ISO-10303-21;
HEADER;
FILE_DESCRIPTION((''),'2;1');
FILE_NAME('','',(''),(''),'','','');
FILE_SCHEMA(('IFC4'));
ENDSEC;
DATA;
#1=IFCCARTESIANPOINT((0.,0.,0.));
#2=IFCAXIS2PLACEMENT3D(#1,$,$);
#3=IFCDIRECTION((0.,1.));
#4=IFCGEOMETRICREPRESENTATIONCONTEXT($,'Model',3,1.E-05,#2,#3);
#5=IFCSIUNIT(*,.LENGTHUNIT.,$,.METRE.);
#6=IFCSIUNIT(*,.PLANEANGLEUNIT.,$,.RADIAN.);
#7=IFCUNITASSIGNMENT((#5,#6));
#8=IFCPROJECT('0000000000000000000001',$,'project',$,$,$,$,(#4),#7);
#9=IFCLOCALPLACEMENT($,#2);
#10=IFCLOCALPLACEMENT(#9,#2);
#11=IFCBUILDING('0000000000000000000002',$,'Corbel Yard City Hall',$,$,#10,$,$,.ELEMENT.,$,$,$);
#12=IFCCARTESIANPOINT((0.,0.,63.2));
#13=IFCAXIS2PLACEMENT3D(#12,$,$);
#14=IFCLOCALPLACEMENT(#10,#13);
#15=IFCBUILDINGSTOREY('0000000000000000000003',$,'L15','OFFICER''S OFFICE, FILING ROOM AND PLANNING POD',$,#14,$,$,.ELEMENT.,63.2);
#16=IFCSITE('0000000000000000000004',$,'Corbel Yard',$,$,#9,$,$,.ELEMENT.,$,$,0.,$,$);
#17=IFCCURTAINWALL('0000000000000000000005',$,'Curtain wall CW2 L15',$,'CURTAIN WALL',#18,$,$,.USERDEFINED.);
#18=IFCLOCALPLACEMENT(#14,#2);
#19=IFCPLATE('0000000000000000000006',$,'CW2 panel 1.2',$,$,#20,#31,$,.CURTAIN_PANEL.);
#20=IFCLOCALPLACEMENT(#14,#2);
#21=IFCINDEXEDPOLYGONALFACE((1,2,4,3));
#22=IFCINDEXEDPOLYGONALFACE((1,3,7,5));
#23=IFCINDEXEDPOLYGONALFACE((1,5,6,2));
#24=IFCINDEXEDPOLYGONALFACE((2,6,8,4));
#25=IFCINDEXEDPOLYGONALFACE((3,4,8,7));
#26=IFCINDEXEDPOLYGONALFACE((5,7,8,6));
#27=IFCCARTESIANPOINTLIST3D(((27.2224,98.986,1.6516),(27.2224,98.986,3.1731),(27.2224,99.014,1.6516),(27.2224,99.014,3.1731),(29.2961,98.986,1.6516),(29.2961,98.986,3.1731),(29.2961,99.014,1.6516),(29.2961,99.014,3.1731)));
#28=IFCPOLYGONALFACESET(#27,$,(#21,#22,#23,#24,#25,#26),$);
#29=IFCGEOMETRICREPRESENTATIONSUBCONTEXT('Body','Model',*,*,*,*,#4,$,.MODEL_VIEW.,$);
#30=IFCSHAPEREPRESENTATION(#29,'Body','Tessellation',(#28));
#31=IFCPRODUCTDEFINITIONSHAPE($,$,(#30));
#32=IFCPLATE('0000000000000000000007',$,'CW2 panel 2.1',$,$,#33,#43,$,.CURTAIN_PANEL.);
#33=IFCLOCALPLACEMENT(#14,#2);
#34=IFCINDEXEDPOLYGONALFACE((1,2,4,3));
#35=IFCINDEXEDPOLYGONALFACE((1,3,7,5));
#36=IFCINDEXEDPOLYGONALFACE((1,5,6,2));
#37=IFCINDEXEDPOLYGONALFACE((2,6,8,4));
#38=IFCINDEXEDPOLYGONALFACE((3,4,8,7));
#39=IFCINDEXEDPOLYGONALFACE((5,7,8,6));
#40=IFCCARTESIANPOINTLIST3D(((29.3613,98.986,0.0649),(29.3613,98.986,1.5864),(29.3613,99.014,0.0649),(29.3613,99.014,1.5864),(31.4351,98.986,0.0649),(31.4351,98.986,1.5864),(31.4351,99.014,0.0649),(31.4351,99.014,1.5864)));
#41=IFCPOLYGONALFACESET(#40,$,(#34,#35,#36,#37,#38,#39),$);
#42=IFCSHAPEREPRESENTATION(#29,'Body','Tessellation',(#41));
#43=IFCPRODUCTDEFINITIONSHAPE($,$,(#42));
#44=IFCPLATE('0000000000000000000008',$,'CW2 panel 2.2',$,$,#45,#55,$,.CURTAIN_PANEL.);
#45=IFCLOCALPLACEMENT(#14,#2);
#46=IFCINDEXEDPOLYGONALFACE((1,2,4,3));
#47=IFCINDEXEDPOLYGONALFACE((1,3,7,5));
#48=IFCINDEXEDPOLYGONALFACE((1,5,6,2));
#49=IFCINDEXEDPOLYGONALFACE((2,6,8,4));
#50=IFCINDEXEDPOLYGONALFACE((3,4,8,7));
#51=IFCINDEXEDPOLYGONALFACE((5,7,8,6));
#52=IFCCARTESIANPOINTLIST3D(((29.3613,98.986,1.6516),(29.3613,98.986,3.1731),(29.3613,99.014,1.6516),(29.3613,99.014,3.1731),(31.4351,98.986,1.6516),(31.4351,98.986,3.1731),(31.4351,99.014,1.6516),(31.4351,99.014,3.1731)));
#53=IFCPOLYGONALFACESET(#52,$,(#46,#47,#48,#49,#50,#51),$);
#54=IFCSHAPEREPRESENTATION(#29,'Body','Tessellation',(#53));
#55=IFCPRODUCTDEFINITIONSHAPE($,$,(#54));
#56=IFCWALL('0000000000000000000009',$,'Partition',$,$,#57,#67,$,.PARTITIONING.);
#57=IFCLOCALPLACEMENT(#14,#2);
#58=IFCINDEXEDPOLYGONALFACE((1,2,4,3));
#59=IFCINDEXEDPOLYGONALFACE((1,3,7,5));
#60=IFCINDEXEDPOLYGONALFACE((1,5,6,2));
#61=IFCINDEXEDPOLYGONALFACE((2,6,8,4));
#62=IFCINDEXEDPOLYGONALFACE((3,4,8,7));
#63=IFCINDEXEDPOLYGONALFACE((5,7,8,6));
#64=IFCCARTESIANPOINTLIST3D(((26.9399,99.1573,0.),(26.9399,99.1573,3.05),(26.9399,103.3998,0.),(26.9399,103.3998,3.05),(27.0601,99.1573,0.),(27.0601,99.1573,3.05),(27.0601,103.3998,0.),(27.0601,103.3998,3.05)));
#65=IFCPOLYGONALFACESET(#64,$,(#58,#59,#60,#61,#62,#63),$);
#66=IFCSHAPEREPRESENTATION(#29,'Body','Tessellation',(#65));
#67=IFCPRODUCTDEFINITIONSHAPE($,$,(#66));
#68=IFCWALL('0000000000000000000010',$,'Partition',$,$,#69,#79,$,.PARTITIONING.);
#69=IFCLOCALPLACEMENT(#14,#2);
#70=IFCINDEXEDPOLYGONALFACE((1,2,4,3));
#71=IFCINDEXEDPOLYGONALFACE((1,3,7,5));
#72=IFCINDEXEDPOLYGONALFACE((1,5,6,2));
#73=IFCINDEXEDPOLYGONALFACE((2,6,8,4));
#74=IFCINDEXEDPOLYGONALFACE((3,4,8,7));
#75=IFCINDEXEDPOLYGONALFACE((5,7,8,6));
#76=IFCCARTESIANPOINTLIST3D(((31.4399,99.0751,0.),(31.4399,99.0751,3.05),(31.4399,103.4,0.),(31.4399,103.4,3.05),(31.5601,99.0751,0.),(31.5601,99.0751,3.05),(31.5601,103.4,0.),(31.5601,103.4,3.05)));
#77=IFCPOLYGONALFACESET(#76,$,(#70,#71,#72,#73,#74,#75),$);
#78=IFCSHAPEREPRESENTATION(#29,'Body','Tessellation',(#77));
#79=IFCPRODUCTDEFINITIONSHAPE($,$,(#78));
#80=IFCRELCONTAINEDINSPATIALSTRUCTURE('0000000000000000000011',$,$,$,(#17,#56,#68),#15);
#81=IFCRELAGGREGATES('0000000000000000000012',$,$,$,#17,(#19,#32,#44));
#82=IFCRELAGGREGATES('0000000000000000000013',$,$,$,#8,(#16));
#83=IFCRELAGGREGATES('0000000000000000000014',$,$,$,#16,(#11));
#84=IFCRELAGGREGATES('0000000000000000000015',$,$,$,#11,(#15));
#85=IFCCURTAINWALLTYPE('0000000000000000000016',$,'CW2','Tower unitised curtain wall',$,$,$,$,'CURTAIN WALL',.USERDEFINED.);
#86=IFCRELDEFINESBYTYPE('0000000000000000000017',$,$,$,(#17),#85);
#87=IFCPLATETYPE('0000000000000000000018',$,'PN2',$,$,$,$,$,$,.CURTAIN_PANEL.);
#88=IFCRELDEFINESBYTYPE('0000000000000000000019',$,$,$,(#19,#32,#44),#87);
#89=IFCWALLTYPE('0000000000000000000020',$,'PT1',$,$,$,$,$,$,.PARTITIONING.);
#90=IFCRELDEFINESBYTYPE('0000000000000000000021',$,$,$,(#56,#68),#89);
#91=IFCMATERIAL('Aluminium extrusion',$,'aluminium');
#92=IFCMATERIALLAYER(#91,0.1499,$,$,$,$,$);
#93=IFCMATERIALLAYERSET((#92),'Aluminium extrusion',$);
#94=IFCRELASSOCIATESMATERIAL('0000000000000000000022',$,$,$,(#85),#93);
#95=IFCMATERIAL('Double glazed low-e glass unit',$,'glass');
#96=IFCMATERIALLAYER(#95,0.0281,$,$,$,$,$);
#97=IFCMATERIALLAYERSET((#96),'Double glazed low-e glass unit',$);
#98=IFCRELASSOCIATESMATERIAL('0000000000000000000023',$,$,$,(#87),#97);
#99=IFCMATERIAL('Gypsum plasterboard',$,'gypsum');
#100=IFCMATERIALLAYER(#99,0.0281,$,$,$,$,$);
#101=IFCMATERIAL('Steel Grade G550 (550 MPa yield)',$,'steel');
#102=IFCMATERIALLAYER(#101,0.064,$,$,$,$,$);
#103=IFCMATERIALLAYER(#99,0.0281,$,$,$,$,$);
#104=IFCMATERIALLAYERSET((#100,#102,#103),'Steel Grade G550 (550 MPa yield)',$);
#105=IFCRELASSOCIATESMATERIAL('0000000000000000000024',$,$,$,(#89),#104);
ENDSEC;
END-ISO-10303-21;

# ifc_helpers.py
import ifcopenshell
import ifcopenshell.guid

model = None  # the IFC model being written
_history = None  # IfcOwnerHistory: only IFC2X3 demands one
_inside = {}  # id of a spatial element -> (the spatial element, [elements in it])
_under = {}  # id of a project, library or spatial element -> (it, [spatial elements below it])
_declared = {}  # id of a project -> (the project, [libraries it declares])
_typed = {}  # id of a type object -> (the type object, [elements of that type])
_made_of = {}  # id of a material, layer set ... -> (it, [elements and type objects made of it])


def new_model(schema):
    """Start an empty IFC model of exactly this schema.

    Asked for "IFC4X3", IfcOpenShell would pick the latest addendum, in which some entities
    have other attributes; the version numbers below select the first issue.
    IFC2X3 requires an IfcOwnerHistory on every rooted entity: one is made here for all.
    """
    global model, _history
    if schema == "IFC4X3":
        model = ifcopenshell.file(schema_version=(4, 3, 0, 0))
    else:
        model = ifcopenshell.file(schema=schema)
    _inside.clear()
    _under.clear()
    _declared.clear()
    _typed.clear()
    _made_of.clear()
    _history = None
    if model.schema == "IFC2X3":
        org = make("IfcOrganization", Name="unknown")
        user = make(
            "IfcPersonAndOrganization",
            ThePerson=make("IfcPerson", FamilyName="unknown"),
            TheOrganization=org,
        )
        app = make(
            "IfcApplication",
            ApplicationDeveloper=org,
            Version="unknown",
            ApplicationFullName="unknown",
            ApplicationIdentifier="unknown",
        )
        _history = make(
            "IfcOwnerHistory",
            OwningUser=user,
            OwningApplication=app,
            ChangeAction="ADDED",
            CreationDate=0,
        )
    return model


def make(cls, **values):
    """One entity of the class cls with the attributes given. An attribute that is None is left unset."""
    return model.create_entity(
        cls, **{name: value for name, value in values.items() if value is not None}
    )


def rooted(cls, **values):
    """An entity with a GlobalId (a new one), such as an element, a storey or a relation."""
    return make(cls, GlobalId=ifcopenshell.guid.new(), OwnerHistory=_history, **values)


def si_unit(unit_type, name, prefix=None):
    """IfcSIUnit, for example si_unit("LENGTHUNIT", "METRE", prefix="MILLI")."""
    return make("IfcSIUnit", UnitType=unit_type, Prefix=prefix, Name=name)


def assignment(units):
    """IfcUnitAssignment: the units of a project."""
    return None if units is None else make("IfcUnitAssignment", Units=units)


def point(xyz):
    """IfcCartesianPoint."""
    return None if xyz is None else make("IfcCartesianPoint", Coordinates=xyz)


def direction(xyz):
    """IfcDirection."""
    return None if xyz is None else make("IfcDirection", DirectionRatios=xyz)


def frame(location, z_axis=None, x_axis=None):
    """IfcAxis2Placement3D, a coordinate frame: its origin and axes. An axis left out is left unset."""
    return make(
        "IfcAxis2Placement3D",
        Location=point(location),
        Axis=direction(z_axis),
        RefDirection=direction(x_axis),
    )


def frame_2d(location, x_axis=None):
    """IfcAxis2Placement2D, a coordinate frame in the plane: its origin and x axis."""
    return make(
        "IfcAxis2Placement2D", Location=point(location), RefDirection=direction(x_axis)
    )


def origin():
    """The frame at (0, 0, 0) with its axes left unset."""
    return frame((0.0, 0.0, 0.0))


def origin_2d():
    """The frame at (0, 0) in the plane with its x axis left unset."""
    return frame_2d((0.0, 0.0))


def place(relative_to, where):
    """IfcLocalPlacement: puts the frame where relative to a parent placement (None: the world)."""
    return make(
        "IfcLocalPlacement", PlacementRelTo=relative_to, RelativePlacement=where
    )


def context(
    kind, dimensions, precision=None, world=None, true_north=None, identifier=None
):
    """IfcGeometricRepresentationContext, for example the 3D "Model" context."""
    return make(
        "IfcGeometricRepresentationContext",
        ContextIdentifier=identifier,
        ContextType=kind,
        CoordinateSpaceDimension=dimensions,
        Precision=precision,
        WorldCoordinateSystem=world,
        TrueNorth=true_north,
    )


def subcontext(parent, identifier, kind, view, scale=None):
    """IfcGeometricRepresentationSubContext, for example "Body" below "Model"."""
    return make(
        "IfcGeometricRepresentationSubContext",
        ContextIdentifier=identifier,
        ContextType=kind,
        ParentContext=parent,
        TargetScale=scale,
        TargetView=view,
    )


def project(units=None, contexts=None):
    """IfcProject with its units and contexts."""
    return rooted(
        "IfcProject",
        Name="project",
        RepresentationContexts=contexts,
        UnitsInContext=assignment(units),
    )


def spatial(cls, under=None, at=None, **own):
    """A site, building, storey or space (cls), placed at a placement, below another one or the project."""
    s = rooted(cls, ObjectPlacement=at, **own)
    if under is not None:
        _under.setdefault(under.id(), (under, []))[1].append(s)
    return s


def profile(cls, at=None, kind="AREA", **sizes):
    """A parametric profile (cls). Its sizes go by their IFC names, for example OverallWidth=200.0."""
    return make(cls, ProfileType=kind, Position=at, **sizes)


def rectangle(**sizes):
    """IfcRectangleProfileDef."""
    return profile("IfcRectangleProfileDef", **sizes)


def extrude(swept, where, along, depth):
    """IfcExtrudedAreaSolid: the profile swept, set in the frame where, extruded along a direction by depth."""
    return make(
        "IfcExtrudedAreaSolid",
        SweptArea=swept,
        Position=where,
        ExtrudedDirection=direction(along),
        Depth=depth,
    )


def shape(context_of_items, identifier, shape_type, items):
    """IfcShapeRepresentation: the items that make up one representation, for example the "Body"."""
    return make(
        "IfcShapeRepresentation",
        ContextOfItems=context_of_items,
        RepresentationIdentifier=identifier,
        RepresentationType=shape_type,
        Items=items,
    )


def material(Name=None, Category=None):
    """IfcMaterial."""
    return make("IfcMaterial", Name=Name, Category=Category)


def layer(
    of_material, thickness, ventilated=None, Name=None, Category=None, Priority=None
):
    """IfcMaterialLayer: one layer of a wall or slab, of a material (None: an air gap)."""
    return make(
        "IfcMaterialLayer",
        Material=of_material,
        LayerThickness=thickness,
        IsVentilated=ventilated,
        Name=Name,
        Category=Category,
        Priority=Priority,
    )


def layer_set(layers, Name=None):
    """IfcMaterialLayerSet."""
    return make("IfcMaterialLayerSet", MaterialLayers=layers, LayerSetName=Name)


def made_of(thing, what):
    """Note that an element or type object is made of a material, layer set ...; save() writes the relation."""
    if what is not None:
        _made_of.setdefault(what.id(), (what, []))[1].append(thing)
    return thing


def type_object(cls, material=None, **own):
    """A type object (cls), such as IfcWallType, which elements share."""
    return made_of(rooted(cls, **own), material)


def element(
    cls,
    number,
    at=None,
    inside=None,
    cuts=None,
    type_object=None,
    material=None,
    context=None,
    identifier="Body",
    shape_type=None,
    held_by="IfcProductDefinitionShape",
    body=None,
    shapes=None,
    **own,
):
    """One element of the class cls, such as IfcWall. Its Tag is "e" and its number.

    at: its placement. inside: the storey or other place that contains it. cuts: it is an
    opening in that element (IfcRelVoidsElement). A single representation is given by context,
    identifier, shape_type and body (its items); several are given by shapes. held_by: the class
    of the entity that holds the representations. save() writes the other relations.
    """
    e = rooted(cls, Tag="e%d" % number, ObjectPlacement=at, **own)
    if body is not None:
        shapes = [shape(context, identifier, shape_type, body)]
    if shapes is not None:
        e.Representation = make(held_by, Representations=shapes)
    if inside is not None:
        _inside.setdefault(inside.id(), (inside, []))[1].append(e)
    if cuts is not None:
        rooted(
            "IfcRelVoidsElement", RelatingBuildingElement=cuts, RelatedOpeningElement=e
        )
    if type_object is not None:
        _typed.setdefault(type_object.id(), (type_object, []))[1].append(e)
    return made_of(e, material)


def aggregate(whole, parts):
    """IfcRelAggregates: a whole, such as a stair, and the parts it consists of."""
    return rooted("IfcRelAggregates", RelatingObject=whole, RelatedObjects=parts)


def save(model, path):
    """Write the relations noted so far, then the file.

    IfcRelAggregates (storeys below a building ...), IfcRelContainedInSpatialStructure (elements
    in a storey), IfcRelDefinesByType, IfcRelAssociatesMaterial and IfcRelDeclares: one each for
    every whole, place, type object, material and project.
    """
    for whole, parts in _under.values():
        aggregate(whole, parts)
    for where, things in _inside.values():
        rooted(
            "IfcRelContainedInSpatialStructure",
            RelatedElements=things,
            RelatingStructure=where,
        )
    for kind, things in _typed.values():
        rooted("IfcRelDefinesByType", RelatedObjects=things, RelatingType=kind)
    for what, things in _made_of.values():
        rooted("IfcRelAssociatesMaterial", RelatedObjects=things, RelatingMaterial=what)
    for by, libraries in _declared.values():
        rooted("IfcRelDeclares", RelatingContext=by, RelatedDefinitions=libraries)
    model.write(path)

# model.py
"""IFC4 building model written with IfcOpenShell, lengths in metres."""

from ifc_helpers import new_model, si_unit, direction, frame, frame_2d, origin, origin_2d, place, context, subcontext, project, spatial, rectangle, extrude, material, layer, layer_set, type_object, element, aggregate, save


model = new_model("IFC4")

# Units and contexts
model_context = context("Model", 3, precision=1e-05, world=origin(), true_north=direction((0.0, 1.0)))
body_context = subcontext(model_context, "Body", "Model", "MODEL_VIEW")
ifc_project = project(units=[si_unit("LENGTHUNIT", "METRE"), si_unit("PLANEANGLEUNIT", "RADIAN")], contexts=[model_context])

# Site, building, storey
site_placement = place(None, origin())
site = spatial("IfcSite", under=ifc_project, at=site_placement, Name="Corbel Yard", CompositionType="ELEMENT", RefElevation=0.0)
building_placement = place(site_placement, origin())
building = spatial("IfcBuilding", under=site, at=building_placement, Name="Corbel Yard City Hall", CompositionType="ELEMENT")
storey_placement = place(building_placement, frame((0.0, 0.0, 63.2)))
storey = spatial("IfcBuildingStorey", under=building, at=storey_placement, Name="L15", Description="OFFICER'S OFFICE, FILING ROOM AND PLANNING POD", CompositionType="ELEMENT", Elevation=63.2)

# Curtain wall, plates
ifc_material_1 = material(Name="Aluminium extrusion", Category="aluminium")
ifc_layer_1 = layer(ifc_material_1, 0.1499)
ifc_layer_set_1 = layer_set([ifc_layer_1], Name="Aluminium extrusion")
curtain_wall_type = type_object("IfcCurtainWallType", Name="CW2", Description="Tower unitised curtain wall", ElementType="CURTAIN WALL", PredefinedType="USERDEFINED", material=ifc_layer_set_1)
curtain_wall_placement = place(storey_placement, origin())
curtain_wall = element("IfcCurtainWall", 1, at=curtain_wall_placement, inside=storey, type_object=curtain_wall_type, Name="Curtain wall CW2 L15", ObjectType="CURTAIN WALL", PredefinedType="USERDEFINED")
ifc_material_2 = material(Name="Double glazed low-e glass unit", Category="glass")
ifc_layer_2 = layer(ifc_material_2, 0.0281)
ifc_layer_set_2 = layer_set([ifc_layer_2], Name="Double glazed low-e glass unit")
plate_type = type_object("IfcPlateType", Name="PN2", PredefinedType="CURTAIN_PANEL", material=ifc_layer_set_2)
plate_1_placement = place(storey_placement, frame((28.2593, 99.0, 1.6516), z_axis=(0.0, 0.0, 1.0), x_axis=(1.0, 0.0, 0.0)))
plate_1 = element("IfcPlate", 2, at=plate_1_placement, type_object=plate_type, Name="CW2 panel 1.2", PredefinedType="CURTAIN_PANEL", context=body_context, shape_type="SweptSolid", body=[
    extrude(rectangle(XDim=2.0737, YDim=0.0281, at=origin_2d()), origin(), (0.0, 0.0, 1.0), 1.5215),
])
plate_2_placement = place(storey_placement, frame((30.3982, 99.0, 0.0649), z_axis=(0.0, 0.0, 1.0), x_axis=(1.0, 0.0, 0.0)))
plate_2 = element("IfcPlate", 3, at=plate_2_placement, type_object=plate_type, Name="CW2 panel 2.1", PredefinedType="CURTAIN_PANEL", context=body_context, shape_type="SweptSolid", body=[
    extrude(rectangle(XDim=2.0737, YDim=0.0281, at=origin_2d()), origin(), (0.0, 0.0, 1.0), 1.5215),
])
plate_3_placement = place(storey_placement, frame((30.3982, 99.0, 1.6516), z_axis=(0.0, 0.0, 1.0), x_axis=(1.0, 0.0, 0.0)))
plate_3 = element("IfcPlate", 4, at=plate_3_placement, type_object=plate_type, Name="CW2 panel 2.2", PredefinedType="CURTAIN_PANEL", context=body_context, shape_type="SweptSolid", body=[
    extrude(rectangle(XDim=2.0737, YDim=0.0281, at=origin_2d()), origin(), (0.0, 0.0, 1.0), 1.5215),
])
aggregate(curtain_wall, [plate_1, plate_2, plate_3])

# Walls
ifc_material_3 = material(Name="Gypsum plasterboard", Category="gypsum")
ifc_layer_3 = layer(ifc_material_3, 0.0281)
ifc_material_4 = material(Name="Steel Grade G550 (550 MPa yield)", Category="steel")
ifc_layer_4 = layer(ifc_material_4, 0.064)
ifc_layer_5 = layer(ifc_material_3, 0.0281)
ifc_layer_set_3 = layer_set([ifc_layer_3, ifc_layer_4, ifc_layer_5], Name="Steel Grade G550 (550 MPa yield)")
wall_type = type_object("IfcWallType", Name="PT1", PredefinedType="PARTITIONING", material=ifc_layer_set_3)
wall_1_placement = place(storey_placement, frame((27.0, 99.1575, 0.0), z_axis=(0.0, 0.0, 1.0), x_axis=(0.0, 1.0, 0.0)))
element("IfcWall", 5, at=wall_1_placement, inside=storey, type_object=wall_type, Name="Partition", PredefinedType="PARTITIONING", context=body_context, shape_type="SweptSolid", body=[
    extrude(rectangle(XDim=4.2424, YDim=0.1201, at=frame_2d((2.1211, 0.0))), origin(), (0.0, 0.0, 1.0), 3.05),
])
wall_2_placement = place(storey_placement, frame((31.5, 99.075, 0.0), z_axis=(0.0, 0.0, 1.0), x_axis=(0.0, 1.0, 0.0)))
element("IfcWall", 6, at=wall_2_placement, inside=storey, type_object=wall_type, Name="Partition", PredefinedType="PARTITIONING", context=body_context, shape_type="SweptSolid", body=[
    extrude(rectangle(XDim=4.325, YDim=0.1201, at=frame_2d((2.1626, 0.0))), origin(), (0.0, 0.0, 1.0), 3.05),
])

save(model, "model.ifc")
